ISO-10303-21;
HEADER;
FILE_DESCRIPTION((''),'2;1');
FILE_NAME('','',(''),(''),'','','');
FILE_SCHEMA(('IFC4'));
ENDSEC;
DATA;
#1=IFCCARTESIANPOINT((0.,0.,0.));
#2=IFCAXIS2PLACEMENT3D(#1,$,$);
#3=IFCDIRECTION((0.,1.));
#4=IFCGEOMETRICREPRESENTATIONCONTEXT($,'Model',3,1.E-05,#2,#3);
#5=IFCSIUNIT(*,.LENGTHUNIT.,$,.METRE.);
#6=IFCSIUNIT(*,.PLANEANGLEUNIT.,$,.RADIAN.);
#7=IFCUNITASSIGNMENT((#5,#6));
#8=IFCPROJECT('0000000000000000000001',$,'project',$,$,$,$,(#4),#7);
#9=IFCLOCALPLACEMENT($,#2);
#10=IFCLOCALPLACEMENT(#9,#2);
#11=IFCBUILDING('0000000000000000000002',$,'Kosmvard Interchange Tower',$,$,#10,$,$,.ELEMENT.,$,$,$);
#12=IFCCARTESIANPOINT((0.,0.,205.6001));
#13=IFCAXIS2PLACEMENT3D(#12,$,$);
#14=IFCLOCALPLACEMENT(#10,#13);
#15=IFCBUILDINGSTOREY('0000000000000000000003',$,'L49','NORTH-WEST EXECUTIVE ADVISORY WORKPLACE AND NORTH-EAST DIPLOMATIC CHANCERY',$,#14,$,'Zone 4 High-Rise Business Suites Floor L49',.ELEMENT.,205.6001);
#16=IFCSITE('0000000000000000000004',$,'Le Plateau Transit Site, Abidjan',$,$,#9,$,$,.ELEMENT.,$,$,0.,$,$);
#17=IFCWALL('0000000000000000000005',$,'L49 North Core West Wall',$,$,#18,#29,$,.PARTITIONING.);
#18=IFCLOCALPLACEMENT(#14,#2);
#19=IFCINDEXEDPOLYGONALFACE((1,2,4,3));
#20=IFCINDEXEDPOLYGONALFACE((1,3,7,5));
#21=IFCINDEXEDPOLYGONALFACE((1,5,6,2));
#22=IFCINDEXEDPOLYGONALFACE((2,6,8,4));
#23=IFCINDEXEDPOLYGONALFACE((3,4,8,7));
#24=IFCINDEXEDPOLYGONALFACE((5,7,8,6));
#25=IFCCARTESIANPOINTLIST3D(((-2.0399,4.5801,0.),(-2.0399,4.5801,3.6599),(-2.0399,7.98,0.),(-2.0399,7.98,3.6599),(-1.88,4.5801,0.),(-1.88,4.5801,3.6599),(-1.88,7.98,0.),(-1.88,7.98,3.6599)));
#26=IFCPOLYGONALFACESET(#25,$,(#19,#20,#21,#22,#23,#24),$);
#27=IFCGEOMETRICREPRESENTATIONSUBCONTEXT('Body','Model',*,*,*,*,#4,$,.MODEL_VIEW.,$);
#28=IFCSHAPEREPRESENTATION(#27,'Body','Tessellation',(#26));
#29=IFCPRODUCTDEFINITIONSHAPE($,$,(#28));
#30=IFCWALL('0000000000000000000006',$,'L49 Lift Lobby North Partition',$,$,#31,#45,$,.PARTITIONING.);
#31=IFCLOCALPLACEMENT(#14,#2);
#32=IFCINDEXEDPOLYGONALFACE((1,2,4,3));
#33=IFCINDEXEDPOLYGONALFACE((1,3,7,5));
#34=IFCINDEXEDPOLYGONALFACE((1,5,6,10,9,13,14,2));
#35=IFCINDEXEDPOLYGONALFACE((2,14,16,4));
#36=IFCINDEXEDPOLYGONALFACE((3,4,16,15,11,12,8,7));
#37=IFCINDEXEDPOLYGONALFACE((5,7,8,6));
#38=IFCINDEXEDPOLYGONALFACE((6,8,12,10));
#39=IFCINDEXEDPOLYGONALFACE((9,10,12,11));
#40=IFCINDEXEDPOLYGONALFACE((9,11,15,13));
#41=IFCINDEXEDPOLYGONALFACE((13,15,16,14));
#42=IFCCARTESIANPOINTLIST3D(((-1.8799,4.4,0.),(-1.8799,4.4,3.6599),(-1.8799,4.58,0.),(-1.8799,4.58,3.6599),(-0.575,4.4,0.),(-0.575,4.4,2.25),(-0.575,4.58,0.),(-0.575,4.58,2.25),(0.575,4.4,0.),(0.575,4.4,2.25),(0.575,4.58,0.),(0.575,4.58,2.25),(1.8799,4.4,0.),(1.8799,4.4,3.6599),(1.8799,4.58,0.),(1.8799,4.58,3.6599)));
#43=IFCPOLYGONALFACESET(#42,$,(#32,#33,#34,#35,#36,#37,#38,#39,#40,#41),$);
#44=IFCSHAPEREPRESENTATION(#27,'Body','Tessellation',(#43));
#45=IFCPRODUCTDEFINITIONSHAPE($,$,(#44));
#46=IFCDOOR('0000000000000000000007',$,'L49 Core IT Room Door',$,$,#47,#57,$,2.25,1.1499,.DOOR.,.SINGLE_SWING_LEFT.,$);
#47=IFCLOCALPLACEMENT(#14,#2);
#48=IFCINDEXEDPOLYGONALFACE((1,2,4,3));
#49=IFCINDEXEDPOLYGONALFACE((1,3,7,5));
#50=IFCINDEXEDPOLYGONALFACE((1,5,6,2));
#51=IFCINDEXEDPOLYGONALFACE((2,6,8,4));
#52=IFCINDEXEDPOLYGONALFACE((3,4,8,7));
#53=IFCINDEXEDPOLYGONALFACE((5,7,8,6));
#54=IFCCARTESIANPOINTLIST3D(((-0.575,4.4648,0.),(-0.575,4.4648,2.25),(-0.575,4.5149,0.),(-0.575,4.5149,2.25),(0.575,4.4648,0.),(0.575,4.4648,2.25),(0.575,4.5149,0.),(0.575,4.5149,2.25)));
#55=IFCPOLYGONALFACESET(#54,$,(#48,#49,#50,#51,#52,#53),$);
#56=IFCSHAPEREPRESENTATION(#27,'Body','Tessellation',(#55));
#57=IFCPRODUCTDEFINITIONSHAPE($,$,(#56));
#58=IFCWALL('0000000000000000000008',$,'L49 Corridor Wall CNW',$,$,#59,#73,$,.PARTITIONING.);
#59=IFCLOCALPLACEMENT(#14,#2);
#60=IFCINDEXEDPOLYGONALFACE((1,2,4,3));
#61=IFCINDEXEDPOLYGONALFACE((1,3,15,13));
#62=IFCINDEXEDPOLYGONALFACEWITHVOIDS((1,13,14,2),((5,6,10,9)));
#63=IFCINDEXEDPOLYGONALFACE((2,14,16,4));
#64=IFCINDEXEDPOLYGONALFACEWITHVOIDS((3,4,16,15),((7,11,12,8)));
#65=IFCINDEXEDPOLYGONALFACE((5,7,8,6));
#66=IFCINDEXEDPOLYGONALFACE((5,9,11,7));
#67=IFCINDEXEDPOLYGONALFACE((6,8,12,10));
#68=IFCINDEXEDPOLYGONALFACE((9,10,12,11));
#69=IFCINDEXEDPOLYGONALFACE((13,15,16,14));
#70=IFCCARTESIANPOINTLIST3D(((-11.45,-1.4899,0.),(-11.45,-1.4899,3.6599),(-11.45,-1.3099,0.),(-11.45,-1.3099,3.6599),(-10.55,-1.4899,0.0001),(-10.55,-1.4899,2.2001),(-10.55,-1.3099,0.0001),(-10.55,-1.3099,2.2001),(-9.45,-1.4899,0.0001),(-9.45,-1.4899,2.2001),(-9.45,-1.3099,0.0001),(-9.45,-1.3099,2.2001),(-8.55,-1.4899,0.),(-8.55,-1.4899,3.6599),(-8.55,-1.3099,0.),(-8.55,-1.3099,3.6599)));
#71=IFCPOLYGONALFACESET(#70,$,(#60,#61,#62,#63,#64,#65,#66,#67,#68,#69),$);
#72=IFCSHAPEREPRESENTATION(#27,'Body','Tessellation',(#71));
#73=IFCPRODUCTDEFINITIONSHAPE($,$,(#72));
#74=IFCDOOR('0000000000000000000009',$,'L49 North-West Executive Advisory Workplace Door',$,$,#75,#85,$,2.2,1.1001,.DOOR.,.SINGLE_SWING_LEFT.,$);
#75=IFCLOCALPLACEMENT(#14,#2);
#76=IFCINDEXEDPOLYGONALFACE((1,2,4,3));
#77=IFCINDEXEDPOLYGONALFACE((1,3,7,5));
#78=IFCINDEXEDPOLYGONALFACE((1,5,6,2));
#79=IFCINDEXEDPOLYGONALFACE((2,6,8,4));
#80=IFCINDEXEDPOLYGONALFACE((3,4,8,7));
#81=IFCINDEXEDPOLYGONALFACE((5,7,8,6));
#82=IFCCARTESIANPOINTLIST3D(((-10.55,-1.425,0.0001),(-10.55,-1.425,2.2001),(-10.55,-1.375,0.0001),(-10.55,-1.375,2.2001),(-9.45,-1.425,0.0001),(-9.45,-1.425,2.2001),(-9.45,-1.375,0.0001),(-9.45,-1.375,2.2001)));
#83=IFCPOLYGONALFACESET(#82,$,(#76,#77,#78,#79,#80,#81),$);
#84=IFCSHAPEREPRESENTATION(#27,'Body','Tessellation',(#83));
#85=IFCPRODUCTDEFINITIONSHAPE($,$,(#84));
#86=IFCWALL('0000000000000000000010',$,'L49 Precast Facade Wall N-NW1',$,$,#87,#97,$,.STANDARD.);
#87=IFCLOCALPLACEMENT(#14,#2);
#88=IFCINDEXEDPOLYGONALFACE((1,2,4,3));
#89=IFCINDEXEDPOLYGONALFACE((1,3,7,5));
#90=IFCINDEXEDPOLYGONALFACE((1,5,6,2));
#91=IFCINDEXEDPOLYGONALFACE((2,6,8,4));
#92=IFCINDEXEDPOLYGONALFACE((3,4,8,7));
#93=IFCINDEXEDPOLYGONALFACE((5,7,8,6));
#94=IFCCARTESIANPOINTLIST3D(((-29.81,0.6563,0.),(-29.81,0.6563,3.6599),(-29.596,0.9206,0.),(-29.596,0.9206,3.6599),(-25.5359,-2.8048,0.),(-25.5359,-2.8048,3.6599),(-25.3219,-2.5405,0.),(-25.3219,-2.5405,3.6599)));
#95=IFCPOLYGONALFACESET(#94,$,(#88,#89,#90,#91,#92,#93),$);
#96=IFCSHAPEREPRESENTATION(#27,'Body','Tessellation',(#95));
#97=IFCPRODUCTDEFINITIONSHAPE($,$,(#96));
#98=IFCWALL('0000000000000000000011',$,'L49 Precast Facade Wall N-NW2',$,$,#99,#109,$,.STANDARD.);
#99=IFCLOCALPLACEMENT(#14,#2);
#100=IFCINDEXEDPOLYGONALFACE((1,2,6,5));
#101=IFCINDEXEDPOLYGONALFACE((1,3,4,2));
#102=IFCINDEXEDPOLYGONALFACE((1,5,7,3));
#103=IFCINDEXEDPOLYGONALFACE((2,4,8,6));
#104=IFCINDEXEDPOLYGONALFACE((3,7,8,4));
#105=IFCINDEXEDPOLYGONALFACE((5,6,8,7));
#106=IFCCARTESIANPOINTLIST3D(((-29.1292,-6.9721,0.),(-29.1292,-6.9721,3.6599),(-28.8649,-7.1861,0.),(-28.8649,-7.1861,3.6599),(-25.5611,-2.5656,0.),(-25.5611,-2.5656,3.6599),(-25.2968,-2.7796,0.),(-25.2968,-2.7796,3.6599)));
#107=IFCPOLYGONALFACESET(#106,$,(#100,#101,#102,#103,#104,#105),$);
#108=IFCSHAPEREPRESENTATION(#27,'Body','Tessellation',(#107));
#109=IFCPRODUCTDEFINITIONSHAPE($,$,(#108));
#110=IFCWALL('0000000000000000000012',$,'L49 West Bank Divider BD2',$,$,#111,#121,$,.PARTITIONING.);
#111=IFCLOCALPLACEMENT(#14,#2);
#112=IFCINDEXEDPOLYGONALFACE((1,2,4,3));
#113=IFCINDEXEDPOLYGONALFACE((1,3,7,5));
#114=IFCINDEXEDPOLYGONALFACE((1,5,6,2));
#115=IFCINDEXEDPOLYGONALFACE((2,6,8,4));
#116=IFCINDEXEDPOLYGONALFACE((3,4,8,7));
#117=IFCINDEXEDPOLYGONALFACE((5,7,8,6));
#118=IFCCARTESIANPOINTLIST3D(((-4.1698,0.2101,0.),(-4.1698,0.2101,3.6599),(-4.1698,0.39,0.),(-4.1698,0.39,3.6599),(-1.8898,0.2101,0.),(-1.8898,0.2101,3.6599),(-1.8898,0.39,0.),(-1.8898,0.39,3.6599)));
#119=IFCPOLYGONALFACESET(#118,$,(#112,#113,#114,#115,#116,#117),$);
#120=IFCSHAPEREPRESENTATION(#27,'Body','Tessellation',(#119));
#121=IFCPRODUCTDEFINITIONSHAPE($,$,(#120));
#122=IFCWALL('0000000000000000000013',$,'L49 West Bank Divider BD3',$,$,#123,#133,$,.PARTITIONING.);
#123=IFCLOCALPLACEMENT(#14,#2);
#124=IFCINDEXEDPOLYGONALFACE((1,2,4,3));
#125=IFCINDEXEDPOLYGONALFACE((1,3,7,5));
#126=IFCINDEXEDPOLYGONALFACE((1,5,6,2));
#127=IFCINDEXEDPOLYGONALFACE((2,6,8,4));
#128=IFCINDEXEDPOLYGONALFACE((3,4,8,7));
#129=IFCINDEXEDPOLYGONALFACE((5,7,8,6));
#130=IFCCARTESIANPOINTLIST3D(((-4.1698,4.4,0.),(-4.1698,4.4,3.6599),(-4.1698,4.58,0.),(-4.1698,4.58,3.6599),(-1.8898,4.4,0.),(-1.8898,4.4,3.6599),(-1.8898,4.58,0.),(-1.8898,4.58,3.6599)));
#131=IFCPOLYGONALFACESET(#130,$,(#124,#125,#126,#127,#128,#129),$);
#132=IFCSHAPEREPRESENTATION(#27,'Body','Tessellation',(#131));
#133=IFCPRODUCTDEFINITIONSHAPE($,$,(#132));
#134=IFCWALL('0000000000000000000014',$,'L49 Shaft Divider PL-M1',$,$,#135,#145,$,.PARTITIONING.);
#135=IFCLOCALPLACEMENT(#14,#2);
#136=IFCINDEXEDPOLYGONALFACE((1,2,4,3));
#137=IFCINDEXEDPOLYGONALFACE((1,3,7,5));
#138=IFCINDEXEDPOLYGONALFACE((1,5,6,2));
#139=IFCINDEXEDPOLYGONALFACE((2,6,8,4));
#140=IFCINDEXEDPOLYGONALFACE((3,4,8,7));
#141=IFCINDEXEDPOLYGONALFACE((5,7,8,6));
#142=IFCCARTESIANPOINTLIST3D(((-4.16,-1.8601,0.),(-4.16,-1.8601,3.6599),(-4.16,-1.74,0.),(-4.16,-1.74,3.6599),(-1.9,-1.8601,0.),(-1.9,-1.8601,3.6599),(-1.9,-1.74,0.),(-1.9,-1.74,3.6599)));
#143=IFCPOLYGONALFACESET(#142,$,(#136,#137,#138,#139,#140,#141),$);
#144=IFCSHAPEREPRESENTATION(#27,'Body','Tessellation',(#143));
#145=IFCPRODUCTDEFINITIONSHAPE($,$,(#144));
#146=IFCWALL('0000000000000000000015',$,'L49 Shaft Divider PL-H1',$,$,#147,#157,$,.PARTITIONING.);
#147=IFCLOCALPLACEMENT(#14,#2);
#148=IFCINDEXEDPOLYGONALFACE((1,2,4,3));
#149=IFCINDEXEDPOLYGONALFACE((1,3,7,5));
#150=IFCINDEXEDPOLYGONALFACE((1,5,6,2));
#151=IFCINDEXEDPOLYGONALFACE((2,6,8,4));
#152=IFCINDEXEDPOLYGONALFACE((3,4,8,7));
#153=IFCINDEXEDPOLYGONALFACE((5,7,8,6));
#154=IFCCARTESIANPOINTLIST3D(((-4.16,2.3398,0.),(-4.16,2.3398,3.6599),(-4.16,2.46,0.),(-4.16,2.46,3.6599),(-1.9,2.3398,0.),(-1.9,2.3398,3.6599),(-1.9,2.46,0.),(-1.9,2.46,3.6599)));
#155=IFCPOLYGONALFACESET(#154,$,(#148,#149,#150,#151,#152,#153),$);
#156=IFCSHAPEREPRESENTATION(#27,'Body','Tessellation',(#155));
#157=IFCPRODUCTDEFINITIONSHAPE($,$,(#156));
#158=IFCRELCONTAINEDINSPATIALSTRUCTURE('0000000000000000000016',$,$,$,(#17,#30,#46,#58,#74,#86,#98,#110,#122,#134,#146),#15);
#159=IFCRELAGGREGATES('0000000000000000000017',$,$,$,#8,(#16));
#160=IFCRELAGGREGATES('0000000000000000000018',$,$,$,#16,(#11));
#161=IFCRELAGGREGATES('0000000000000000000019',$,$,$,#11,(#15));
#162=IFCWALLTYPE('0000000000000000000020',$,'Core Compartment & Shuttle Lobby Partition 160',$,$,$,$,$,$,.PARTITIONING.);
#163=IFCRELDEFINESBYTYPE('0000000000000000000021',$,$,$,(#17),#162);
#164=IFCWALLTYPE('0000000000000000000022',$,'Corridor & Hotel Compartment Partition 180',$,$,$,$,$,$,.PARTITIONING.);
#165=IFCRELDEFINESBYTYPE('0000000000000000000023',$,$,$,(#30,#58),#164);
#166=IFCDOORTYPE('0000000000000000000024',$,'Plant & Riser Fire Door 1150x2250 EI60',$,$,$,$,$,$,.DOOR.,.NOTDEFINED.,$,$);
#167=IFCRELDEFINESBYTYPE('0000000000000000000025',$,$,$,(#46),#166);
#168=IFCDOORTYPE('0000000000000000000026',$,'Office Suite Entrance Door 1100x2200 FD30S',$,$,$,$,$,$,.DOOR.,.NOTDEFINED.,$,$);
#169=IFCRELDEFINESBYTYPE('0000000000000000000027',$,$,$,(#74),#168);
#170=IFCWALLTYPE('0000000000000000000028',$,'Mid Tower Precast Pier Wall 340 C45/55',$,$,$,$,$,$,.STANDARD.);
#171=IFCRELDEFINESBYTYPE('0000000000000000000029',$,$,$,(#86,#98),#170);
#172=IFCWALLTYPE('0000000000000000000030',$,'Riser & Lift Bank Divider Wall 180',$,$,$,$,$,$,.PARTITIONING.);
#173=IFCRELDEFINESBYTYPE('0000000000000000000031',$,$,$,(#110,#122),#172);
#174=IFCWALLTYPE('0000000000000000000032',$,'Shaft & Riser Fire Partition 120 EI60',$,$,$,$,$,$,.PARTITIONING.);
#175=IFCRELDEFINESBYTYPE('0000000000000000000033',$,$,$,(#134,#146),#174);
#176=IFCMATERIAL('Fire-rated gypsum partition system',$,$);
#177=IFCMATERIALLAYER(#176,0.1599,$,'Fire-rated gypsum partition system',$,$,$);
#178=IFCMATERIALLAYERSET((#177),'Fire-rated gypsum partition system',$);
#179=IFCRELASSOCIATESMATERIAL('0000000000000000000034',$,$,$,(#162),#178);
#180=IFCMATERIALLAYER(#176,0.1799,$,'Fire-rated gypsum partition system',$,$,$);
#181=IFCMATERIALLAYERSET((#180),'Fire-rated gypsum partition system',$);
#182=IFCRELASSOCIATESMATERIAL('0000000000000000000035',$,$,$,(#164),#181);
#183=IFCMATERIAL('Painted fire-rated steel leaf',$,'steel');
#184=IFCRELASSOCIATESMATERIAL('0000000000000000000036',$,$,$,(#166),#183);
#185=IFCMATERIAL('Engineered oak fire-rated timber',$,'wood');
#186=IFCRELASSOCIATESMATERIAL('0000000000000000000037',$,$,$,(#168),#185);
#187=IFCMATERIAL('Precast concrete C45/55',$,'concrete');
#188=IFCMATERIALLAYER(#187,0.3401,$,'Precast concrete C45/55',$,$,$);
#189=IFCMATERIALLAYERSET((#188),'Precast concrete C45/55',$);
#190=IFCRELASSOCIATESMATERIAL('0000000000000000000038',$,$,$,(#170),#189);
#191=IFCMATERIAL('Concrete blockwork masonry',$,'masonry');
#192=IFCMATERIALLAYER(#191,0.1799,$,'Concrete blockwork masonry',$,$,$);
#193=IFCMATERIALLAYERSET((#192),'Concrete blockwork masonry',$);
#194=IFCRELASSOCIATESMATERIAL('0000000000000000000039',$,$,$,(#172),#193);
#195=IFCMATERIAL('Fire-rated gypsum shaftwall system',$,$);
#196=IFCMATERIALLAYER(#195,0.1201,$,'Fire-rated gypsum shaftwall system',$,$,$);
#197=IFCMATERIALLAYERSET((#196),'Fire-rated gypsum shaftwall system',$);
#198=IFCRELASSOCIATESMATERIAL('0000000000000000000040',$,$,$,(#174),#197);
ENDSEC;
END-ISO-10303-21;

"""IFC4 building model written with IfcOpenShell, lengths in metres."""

from ifc_helpers import new_model, si_unit, direction, frame, frame_2d, origin, place, context, subcontext, project, spatial, rectangle, extrude, source, transform, mapped, material, layer, layer_set, type_object, element, fill, save


model = new_model("IFC4")

# Units and contexts
model_context = context("Model", 3, precision=1e-05, world=origin(), true_north=direction((0.0, 1.0)))
body_context = subcontext(model_context, "Body", "Model", "MODEL_VIEW")
ifc_project = project(units=[si_unit("LENGTHUNIT", "METRE"), si_unit("PLANEANGLEUNIT", "RADIAN")], contexts=[model_context])

# Site, building, storey
site_placement = place(None, origin())
site = spatial("IfcSite", under=ifc_project, at=site_placement, Name="Le Plateau Transit Site, Abidjan", CompositionType="ELEMENT", RefElevation=0.0)
building_placement = place(site_placement, origin())
building = spatial("IfcBuilding", under=site, at=building_placement, Name="Kosmvard Interchange Tower", CompositionType="ELEMENT")
storey_placement = place(building_placement, frame((0.0, 0.0, 205.6001)))
storey = spatial("IfcBuildingStorey", under=building, at=storey_placement, Name="L49", Description="NORTH-WEST EXECUTIVE ADVISORY WORKPLACE AND NORTH-EAST DIPLOMATIC CHANCERY", LongName="Zone 4 High-Rise Business Suites Floor L49", CompositionType="ELEMENT", Elevation=205.6001)

# Shared definitions
ifc_material_1 = material(Name="Precast concrete C45/55", Category="concrete")

# Wall
ifc_material_2 = material(Name="Fire-rated gypsum partition system")
ifc_layer_1 = layer(ifc_material_2, 0.1599, Name="Fire-rated gypsum partition system")
ifc_layer_set_1 = layer_set([ifc_layer_1], Name="Fire-rated gypsum partition system")
wall_type_1 = type_object("IfcWallType", Name="Core Compartment & Shuttle Lobby Partition 160", PredefinedType="PARTITIONING", material=ifc_layer_set_1)
wall_1_placement = place(storey_placement, frame((-1.96, 4.5801, 0.0), z_axis=(0.0, 0.0, 1.0), x_axis=(0.0, 1.0, 0.0)))
element("IfcWall", 1, at=wall_1_placement, inside=storey, type_object=wall_type_1, Name="L49 North Core West Wall", PredefinedType="PARTITIONING", context=body_context, shape_type="SweptSolid", body=[
    extrude(rectangle(XDim=3.3999, YDim=0.1599, at=frame_2d((1.7, 0.0))), origin(), (0.0, 0.0, 1.0), 3.6599),
])

# Walls, openings, doors
ifc_layer_2 = layer(ifc_material_2, 0.1799, Name="Fire-rated gypsum partition system")
ifc_layer_set_2 = layer_set([ifc_layer_2], Name="Fire-rated gypsum partition system")
wall_type_2 = type_object("IfcWallType", Name="Corridor & Hotel Compartment Partition 180", PredefinedType="PARTITIONING", material=ifc_layer_set_2)
wall_2_placement = place(storey_placement, frame((-1.8799, 4.49, 0.0), z_axis=(0.0, 0.0, 1.0), x_axis=(1.0, 0.0, 0.0)))
wall_2 = element("IfcWall", 2, at=wall_2_placement, inside=storey, type_object=wall_type_2, Name="L49 Lift Lobby North Partition", PredefinedType="PARTITIONING", context=body_context, shape_type="SweptSolid", body=[
    extrude(rectangle(XDim=3.7598, YDim=0.1799, at=frame_2d((1.8799, 0.0))), origin(), (0.0, 0.0, 1.0), 3.6599),
])
opening_1_placement = place(wall_2_placement, frame((1.3049, 0.0, 0.0)))
opening_1 = element("IfcOpeningElement", 3, at=opening_1_placement, cuts=wall_2, PredefinedType="OPENING", context=body_context, shape_type="SweptSolid", body=[
    extrude(rectangle(XDim=1.1499, YDim=2.25, at=frame_2d((0.575, 1.125))), frame((0.0, 0.1001, 0.0), z_axis=(0.0, -1.0, 0.0), x_axis=(1.0, 0.0, 0.0)), (0.0, 0.0, 1.0), 0.2),
])
ifc_material_3 = material(Name="Painted fire-rated steel leaf", Category="steel")
door_type_1 = type_object("IfcDoorType", Name="Plant & Riser Fire Door 1150x2250 EI60", OperationType="NOTDEFINED", PredefinedType="DOOR", material=ifc_material_3)
shared_shape_1 = source(origin(), body_context, "Body", "SweptSolid", [
    extrude(rectangle(XDim=1.1499, YDim=2.25, at=frame_2d((0.575, 1.125))), frame((0.0, 0.0249, 0.0), z_axis=(0.0, -1.0, 0.0), x_axis=(1.0, 0.0, 0.0)), (0.0, 0.0, 1.0), 0.05),
])
door_1_placement = place(opening_1_placement, origin())
door_1 = element("IfcDoor", 4, at=door_1_placement, inside=storey, type_object=door_type_1, Name="L49 Core IT Room Door", OperationType="SINGLE_SWING_LEFT", OverallHeight=2.25, OverallWidth=1.1499, PredefinedType="DOOR", context=body_context, shape_type="MappedRepresentation", body=[
    mapped(shared_shape_1, transform((0.0, 0.0, 0.0), scale=1.0)),
])
fill(opening_1, door_1)
wall_3_placement = place(storey_placement, frame((-11.45, -1.3999, 0.0), z_axis=(0.0, 0.0, 1.0), x_axis=(1.0, 0.0, 0.0)))
wall_3 = element("IfcWall", 5, at=wall_3_placement, inside=storey, type_object=wall_type_2, Name="L49 Corridor Wall CNW", PredefinedType="PARTITIONING", context=body_context, shape_type="SweptSolid", body=[
    extrude(rectangle(XDim=2.8999, YDim=0.1799, at=frame_2d((1.45, 0.0))), origin(), (0.0, 0.0, 1.0), 3.6599),
])
opening_2_placement = place(wall_3_placement, frame((0.8999, 0.0, 0.0)))
opening_2 = element("IfcOpeningElement", 6, at=opening_2_placement, cuts=wall_3, PredefinedType="OPENING", context=body_context, shape_type="SweptSolid", body=[
    extrude(rectangle(XDim=1.1001, YDim=2.2, at=frame_2d((0.55, 1.1001))), frame((0.0, 0.1001, 0.0), z_axis=(0.0, -1.0, 0.0), x_axis=(1.0, 0.0, 0.0)), (0.0, 0.0, 1.0), 0.2),
])
ifc_material_4 = material(Name="Engineered oak fire-rated timber", Category="wood")
door_type_2 = type_object("IfcDoorType", Name="Office Suite Entrance Door 1100x2200 FD30S", OperationType="NOTDEFINED", PredefinedType="DOOR", material=ifc_material_4)
shared_shape_2 = source(origin(), body_context, "Body", "SweptSolid", [
    extrude(rectangle(XDim=1.1001, YDim=2.2, at=frame_2d((0.55, 1.1001))), frame((0.0, 0.0249, 0.0), z_axis=(0.0, -1.0, 0.0), x_axis=(1.0, 0.0, 0.0)), (0.0, 0.0, 1.0), 0.05),
])
door_2_placement = place(opening_2_placement, origin())
door_2 = element("IfcDoor", 7, at=door_2_placement, inside=storey, type_object=door_type_2, Name="L49 North-West Executive Advisory Workplace Door", OperationType="SINGLE_SWING_LEFT", OverallHeight=2.2, OverallWidth=1.1001, PredefinedType="DOOR", context=body_context, shape_type="MappedRepresentation", body=[
    mapped(shared_shape_2, transform((0.0, 0.0, 0.0), scale=1.0)),
])
fill(opening_2, door_2)

# Walls
ifc_layer_3 = layer(ifc_material_1, 0.3401, Name="Precast concrete C45/55")
ifc_layer_set_3 = layer_set([ifc_layer_3], Name="Precast concrete C45/55")
wall_type_3 = type_object("IfcWallType", Name="Mid Tower Precast Pier Wall 340 C45/55", PredefinedType="STANDARD", material=ifc_layer_set_3)
wall_4_placement = place(storey_placement, frame((-29.7031, 0.7886, 0.0), z_axis=(0.0, 0.0, 1.0), x_axis=(0.777144, -0.629323, 0.0)))
element("IfcWall", 8, at=wall_4_placement, inside=storey, type_object=wall_type_3, Name="L49 Precast Facade Wall N-NW1", PredefinedType="STANDARD", context=body_context, shape_type="SweptSolid", body=[
    extrude(rectangle(XDim=5.4998, YDim=0.3401, at=frame_2d((2.75, 0.0))), origin(), (0.0, 0.0, 1.0), 3.6599),
])
wall_5_placement = place(storey_placement, frame((-25.429, -2.6726, 0.0), z_axis=(0.0, 0.0, 1.0), x_axis=(-0.6293, -0.777163, 0.0)))
element("IfcWall", 9, at=wall_5_placement, inside=storey, type_object=wall_type_3, Name="L49 Precast Facade Wall N-NW2", PredefinedType="STANDARD", context=body_context, shape_type="SweptSolid", body=[
    extrude(rectangle(XDim=5.6699, YDim=0.3401, at=frame_2d((2.835, 0.0))), origin(), (0.0, 0.0, 1.0), 3.6599),
])
ifc_material_5 = material(Name="Concrete blockwork masonry", Category="masonry")
ifc_layer_4 = layer(ifc_material_5, 0.1799, Name="Concrete blockwork masonry")
ifc_layer_set_4 = layer_set([ifc_layer_4], Name="Concrete blockwork masonry")
wall_type_4 = type_object("IfcWallType", Name="Riser & Lift Bank Divider Wall 180", PredefinedType="PARTITIONING", material=ifc_layer_set_4)
for number, where, z_axis, x_axis, name in (
    (10, (-4.1699, 0.3, 0.0), (0.0, 0.0, 1.0), (1.0, 0.0, 0.0), "L49 West Bank Divider BD2"),
    (11, (-4.1699, 4.49, 0.0), (0.0, 0.0, 1.0), (1.0, 0.0, 0.0), "L49 West Bank Divider BD3"),
):
    element("IfcWall", number, at=place(storey_placement, frame(where, z_axis=z_axis, x_axis=x_axis)), inside=storey, type_object=wall_type_4, Name=name, PredefinedType="PARTITIONING", context=body_context, shape_type="SweptSolid", body=[
        extrude(rectangle(XDim=2.28, YDim=0.1799, at=frame_2d((1.1401, 0.0))), origin(), (0.0, 0.0, 1.0), 3.6599),
    ])
ifc_material_6 = material(Name="Fire-rated gypsum shaftwall system")
ifc_layer_5 = layer(ifc_material_6, 0.1201, Name="Fire-rated gypsum shaftwall system")
ifc_layer_set_5 = layer_set([ifc_layer_5], Name="Fire-rated gypsum shaftwall system")
wall_type_5 = type_object("IfcWallType", Name="Shaft & Riser Fire Partition 120 EI60", PredefinedType="PARTITIONING", material=ifc_layer_set_5)
for number, where, z_axis, x_axis, name in (
    (12, (-4.1599, -1.8, 0.0), (0.0, 0.0, 1.0), (1.0, 0.0, 0.0), "L49 Shaft Divider PL-M1"),
    (13, (-4.1599, 2.3999, 0.0), (0.0, 0.0, 1.0), (1.0, 0.0, 0.0), "L49 Shaft Divider PL-H1"),
):
    element("IfcWall", number, at=place(storey_placement, frame(where, z_axis=z_axis, x_axis=x_axis)), inside=storey, type_object=wall_type_5, Name=name, PredefinedType="PARTITIONING", context=body_context, shape_type="SweptSolid", body=[
        extrude(rectangle(XDim=2.26, YDim=0.1201, at=frame_2d((1.1299, 0.0))), origin(), (0.0, 0.0, 1.0), 3.6599),
    ])

save(model, "model.ifc")
